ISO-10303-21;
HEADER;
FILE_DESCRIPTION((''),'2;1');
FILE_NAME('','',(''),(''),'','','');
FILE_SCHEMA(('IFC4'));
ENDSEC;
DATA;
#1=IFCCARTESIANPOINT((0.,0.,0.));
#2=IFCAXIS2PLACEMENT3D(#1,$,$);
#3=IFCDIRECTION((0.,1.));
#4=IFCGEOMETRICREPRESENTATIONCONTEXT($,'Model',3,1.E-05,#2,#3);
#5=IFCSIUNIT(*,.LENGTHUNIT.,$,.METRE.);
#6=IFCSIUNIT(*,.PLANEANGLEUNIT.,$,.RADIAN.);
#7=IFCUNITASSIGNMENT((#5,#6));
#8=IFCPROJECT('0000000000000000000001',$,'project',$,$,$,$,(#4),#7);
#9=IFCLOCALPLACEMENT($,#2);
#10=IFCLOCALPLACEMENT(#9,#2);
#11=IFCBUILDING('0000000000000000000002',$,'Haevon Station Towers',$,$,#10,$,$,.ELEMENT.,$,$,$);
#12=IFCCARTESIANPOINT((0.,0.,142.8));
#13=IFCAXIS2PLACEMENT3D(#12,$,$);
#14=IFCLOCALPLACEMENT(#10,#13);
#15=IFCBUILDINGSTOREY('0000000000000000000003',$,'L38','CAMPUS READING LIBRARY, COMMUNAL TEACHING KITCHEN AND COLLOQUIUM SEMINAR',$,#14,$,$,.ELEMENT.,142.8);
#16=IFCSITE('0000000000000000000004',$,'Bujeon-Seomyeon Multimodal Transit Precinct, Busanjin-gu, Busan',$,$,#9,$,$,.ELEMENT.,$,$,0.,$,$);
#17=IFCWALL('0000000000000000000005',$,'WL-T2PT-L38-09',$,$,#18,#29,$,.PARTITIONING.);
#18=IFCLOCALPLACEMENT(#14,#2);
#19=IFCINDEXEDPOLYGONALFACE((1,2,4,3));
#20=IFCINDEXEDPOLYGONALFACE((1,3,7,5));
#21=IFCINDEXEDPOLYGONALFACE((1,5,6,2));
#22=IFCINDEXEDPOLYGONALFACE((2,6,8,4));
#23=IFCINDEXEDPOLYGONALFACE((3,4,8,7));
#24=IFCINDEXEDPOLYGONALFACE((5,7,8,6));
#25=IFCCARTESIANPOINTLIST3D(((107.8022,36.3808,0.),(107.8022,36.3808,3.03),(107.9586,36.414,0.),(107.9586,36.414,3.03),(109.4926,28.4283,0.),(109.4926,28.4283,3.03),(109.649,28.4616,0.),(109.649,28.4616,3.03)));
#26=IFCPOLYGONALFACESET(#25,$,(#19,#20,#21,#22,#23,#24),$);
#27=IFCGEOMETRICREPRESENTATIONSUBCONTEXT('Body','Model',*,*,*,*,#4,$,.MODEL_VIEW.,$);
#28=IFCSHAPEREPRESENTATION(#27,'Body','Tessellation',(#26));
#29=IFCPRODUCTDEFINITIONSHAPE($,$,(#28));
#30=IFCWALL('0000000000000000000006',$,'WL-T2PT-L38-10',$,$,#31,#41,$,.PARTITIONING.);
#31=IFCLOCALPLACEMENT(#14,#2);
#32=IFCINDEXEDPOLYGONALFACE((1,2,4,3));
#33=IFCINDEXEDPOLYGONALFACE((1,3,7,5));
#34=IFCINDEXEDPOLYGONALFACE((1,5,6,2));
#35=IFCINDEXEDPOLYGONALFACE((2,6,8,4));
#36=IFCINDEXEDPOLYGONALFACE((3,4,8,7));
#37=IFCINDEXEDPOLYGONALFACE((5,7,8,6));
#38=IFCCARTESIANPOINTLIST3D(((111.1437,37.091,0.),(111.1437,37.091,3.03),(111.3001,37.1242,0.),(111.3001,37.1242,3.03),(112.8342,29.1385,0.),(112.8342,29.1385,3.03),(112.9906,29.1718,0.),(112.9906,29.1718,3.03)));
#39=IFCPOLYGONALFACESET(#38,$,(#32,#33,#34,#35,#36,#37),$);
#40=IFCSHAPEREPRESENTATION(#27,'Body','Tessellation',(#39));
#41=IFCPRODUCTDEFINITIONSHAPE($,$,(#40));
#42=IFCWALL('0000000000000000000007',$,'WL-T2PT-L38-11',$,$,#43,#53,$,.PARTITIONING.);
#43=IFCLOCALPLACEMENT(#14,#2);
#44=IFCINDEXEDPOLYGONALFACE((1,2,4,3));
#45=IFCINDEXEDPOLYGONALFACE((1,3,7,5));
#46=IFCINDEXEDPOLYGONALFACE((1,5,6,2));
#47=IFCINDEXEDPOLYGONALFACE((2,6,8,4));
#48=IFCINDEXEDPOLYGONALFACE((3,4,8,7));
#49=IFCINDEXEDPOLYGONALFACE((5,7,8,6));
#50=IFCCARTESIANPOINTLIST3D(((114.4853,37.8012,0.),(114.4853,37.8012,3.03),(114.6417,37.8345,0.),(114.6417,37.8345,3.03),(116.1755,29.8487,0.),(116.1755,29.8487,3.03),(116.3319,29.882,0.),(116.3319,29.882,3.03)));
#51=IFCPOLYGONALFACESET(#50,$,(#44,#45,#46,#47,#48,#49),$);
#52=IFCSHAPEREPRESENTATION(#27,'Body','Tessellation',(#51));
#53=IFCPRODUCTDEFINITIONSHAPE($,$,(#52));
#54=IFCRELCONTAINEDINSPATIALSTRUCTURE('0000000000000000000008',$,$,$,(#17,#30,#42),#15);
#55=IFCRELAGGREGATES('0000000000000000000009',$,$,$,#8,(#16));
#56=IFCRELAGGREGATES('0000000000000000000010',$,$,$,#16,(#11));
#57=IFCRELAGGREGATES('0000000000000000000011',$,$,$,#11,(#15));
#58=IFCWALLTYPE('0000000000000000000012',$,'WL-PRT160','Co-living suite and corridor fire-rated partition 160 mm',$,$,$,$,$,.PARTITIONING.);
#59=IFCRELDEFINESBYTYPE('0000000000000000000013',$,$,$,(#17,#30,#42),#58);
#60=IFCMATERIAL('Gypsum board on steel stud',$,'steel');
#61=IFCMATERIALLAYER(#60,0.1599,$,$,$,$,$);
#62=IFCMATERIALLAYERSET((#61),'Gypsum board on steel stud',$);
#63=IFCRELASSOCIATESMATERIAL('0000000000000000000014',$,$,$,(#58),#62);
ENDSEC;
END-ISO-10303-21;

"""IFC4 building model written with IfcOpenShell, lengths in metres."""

from ifc_helpers import new_model, si_unit, direction, frame, frame_2d, origin, place, context, subcontext, project, spatial, rectangle, extrude, material, layer, layer_set, type_object, element, save


model = new_model("IFC4")

# Units and contexts
model_context = context("Model", 3, precision=1e-05, world=origin(), true_north=direction((0.0, 1.0)))
body_context = subcontext(model_context, "Body", "Model", "MODEL_VIEW")
ifc_project = project(units=[si_unit("LENGTHUNIT", "METRE"), si_unit("PLANEANGLEUNIT", "RADIAN")], contexts=[model_context])

# Site, building, storey
site_placement = place(None, origin())
site = spatial("IfcSite", under=ifc_project, at=site_placement, Name="Bujeon-Seomyeon Multimodal Transit Precinct, Busanjin-gu, Busan", CompositionType="ELEMENT", RefElevation=0.0)
building_placement = place(site_placement, origin())
building = spatial("IfcBuilding", under=site, at=building_placement, Name="Haevon Station Towers", CompositionType="ELEMENT")
storey_placement = place(building_placement, frame((0.0, 0.0, 142.8)))
storey = spatial("IfcBuildingStorey", under=building, at=storey_placement, Name="L38", Description="CAMPUS READING LIBRARY, COMMUNAL TEACHING KITCHEN AND COLLOQUIUM SEMINAR", CompositionType="ELEMENT", Elevation=142.8)

# Walls
ifc_material_1 = material(Name="Gypsum board on steel stud", Category="steel")
ifc_layer = layer(ifc_material_1, 0.1599)
ifc_layer_set = layer_set([ifc_layer], Name="Gypsum board on steel stud")
wall_type = type_object("IfcWallType", Name="WL-PRT160", Description="Co-living suite and corridor fire-rated partition 160 mm", PredefinedType="PARTITIONING", material=ifc_layer_set)
for number, where, z_axis, x_axis, name in (
    (1, (109.5708, 28.4451, 0.0), (0.0, 0.0, 1.0), (-0.207923, 0.978145, 0.0), "WL-T2PT-L38-09"),
    (2, (112.9124, 29.1553, 0.0), (0.0, 0.0, 1.0), (-0.207923, 0.978145, 0.0), "WL-T2PT-L38-10"),
    (3, (116.2537, 29.8655, 0.0), (0.0, 0.0, 1.0), (-0.207894, 0.978151, 0.0), "WL-T2PT-L38-11"),
):
    element("IfcWall", number, at=place(storey_placement, frame(where, z_axis=z_axis, x_axis=x_axis)), inside=storey, type_object=wall_type, Name=name, PredefinedType="PARTITIONING", context=body_context, shape_type="SweptSolid", body=[
        extrude(rectangle(XDim=8.1301, YDim=0.1599, at=frame_2d((4.0649, 0.0))), origin(), (0.0, 0.0, 1.0), 3.03),
    ])

save(model, "model.ifc")
